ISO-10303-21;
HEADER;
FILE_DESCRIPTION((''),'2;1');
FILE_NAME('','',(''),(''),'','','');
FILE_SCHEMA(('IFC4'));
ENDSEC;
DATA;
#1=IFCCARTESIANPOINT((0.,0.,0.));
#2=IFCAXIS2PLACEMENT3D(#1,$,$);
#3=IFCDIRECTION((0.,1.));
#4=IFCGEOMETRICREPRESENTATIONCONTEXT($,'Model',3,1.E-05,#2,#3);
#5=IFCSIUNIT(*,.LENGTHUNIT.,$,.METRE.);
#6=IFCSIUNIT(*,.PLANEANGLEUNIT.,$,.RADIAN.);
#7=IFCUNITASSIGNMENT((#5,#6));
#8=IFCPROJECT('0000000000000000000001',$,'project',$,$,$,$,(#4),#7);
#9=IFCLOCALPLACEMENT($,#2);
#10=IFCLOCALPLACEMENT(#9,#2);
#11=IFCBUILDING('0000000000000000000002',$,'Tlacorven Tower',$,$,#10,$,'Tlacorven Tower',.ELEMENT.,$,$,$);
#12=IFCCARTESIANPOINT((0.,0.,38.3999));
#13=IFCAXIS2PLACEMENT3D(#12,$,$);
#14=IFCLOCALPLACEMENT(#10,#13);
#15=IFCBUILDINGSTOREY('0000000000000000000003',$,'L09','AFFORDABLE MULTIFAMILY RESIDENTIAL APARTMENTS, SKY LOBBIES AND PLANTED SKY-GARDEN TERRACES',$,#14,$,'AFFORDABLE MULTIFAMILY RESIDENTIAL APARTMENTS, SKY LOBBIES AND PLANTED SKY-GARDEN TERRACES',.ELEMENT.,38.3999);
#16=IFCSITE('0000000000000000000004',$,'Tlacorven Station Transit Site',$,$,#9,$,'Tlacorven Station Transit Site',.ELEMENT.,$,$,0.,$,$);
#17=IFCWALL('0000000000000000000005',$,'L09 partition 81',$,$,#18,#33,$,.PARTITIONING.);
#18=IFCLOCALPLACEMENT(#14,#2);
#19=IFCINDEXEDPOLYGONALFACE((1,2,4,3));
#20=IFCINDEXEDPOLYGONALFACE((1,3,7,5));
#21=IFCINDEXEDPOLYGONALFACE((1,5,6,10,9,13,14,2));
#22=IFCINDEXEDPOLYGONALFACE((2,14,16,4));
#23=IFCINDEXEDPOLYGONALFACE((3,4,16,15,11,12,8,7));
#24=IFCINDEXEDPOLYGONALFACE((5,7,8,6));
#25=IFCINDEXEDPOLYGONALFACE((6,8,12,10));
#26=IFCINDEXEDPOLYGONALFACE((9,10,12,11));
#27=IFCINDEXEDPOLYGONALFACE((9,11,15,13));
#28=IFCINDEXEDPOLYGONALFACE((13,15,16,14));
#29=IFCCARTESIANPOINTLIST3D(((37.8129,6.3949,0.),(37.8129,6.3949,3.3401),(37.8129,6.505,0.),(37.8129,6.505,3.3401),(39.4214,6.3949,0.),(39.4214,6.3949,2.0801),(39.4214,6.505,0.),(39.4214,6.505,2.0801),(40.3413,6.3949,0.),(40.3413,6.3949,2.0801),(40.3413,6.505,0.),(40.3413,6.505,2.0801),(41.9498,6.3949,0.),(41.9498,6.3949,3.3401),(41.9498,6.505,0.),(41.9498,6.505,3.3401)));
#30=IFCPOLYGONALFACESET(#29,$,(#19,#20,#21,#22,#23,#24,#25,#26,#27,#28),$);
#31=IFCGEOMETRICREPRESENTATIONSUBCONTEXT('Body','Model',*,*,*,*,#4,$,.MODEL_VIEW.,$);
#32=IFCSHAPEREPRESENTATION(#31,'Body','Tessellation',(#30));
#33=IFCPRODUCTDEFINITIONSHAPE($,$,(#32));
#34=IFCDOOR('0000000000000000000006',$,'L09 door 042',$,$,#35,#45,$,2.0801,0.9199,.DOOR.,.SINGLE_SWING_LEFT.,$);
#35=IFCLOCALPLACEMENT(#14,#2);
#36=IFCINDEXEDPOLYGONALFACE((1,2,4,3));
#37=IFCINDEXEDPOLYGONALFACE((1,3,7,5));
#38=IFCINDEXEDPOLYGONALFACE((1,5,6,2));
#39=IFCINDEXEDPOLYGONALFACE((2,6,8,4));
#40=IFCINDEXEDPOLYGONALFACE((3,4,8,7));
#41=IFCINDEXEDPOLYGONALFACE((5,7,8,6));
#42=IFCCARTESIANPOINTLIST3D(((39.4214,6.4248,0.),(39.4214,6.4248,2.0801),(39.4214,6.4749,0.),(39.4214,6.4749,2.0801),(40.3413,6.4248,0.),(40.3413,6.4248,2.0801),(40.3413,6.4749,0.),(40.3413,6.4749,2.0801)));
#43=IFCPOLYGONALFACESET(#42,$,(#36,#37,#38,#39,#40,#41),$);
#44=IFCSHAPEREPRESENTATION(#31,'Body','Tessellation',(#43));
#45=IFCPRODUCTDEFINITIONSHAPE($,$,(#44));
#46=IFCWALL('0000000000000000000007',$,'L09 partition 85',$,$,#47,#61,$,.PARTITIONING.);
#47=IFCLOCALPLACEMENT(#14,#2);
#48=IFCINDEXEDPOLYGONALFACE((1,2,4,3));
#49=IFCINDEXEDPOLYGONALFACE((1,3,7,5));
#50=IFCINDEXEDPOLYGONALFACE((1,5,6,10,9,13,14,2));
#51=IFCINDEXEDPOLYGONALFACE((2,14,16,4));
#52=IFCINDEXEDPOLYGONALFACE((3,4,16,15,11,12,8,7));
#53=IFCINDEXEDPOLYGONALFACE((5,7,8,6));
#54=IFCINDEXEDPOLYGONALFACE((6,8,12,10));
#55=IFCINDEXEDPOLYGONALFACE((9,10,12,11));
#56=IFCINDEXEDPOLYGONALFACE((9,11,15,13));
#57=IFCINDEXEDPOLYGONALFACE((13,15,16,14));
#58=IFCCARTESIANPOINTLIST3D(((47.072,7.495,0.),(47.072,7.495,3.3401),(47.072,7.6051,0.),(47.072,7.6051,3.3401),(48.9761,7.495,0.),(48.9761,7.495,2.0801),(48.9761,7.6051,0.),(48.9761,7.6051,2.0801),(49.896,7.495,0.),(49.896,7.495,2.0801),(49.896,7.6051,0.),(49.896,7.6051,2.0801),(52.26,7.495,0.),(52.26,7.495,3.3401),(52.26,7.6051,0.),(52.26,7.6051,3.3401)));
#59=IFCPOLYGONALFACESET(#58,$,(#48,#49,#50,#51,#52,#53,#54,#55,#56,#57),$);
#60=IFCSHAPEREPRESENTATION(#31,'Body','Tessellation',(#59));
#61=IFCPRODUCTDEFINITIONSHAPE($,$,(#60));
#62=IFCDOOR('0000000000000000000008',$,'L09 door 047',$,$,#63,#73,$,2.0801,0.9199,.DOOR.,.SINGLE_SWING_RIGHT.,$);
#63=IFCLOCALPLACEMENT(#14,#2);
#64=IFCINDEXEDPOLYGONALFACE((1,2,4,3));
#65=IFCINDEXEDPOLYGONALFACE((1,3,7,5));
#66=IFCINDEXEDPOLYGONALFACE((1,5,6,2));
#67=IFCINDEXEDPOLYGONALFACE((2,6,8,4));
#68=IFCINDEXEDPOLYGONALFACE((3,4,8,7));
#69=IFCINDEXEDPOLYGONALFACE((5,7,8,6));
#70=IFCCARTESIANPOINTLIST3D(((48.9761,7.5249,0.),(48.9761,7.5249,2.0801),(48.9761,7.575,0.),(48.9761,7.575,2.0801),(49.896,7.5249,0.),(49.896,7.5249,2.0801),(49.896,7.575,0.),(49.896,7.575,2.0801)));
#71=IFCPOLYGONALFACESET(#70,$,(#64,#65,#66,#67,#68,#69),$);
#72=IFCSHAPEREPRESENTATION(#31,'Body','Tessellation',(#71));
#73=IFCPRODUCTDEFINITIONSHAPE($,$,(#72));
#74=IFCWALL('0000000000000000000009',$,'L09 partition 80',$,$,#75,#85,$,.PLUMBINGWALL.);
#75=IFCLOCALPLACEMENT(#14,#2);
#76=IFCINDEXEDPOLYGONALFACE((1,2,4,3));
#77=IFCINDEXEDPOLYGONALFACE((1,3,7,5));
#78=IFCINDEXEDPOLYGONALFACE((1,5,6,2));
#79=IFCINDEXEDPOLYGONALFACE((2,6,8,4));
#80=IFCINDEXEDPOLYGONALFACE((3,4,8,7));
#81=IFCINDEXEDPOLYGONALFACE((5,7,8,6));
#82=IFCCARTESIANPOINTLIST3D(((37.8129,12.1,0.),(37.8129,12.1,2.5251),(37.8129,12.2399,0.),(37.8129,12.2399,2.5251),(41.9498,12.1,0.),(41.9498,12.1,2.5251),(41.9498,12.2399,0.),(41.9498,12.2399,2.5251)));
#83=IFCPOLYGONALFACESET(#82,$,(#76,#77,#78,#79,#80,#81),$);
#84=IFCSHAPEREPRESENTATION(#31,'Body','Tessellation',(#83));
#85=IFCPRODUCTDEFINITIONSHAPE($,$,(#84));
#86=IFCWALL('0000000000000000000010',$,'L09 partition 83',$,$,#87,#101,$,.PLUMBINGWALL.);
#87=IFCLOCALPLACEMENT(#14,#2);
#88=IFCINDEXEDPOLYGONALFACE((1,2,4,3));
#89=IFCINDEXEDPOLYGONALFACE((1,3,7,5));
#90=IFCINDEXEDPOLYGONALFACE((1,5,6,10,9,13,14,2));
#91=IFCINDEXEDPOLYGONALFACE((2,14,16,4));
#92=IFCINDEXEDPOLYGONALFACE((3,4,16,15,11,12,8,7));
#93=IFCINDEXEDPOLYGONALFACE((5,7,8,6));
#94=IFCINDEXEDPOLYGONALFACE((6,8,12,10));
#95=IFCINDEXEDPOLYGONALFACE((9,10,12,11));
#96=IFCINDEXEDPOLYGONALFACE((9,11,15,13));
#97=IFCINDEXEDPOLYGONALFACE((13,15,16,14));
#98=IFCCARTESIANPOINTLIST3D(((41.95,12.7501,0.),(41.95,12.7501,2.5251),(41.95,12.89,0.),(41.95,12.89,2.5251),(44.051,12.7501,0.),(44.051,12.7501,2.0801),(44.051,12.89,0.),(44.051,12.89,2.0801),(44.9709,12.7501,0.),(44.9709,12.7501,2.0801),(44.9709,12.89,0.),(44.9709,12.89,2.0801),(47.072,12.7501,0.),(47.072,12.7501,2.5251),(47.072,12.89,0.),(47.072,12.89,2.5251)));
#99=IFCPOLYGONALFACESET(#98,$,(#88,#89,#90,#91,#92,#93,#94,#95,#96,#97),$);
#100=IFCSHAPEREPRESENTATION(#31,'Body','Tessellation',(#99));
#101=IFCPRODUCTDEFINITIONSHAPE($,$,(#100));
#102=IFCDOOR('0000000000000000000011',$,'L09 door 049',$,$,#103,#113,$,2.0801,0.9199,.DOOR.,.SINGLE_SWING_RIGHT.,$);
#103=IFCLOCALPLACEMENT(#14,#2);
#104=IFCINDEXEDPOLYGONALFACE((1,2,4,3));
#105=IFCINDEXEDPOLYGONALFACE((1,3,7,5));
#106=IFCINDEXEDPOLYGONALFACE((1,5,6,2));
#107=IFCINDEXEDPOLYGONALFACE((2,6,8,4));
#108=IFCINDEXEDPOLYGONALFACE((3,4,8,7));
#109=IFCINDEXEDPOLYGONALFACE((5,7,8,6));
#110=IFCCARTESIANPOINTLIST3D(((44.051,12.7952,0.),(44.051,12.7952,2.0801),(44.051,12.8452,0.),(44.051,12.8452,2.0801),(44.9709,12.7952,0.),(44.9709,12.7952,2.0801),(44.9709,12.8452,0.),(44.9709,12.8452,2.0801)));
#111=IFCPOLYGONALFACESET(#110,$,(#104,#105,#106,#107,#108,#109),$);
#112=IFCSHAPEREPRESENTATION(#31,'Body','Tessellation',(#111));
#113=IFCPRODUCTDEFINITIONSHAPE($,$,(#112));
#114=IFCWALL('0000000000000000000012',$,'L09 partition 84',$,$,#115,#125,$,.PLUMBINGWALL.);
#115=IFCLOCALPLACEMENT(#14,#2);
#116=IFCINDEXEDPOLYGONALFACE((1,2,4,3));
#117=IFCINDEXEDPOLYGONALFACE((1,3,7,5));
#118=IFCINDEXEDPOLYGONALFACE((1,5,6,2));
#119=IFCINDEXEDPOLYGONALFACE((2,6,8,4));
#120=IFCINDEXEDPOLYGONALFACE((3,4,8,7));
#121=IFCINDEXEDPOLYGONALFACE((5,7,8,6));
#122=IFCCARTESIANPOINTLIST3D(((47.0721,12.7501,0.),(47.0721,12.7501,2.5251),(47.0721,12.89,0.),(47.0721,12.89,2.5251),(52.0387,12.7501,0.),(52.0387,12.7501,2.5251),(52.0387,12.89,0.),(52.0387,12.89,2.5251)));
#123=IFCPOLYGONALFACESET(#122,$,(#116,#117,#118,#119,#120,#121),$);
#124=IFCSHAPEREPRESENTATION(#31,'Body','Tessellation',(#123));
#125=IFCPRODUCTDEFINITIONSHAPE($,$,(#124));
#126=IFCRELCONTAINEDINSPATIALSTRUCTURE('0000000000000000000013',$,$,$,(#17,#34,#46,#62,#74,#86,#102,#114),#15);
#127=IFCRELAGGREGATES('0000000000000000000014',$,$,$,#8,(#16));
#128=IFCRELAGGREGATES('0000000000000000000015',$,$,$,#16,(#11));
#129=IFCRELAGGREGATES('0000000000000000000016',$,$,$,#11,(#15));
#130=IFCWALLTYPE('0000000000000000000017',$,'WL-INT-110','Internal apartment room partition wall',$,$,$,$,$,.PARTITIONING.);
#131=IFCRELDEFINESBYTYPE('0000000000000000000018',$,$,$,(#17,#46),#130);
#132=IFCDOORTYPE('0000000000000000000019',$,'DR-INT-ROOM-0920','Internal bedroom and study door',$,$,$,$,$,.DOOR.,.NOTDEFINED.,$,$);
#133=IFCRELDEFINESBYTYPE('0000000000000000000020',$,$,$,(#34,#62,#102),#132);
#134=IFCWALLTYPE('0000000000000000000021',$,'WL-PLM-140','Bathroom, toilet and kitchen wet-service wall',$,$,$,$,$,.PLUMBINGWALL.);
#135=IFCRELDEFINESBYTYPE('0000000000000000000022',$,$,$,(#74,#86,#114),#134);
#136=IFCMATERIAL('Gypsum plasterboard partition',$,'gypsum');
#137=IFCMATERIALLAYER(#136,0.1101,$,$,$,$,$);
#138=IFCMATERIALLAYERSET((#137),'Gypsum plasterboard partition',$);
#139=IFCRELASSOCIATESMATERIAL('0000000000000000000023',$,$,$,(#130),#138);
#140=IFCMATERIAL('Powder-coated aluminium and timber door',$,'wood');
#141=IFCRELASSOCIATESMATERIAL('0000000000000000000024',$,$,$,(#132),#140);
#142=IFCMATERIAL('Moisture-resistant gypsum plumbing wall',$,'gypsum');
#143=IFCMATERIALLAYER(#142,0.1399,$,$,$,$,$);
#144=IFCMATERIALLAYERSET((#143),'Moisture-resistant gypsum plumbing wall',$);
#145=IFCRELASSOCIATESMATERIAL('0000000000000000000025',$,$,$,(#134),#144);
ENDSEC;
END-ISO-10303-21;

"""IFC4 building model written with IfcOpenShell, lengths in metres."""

from ifc_helpers import new_model, si_unit, direction, frame, frame_2d, origin, place, context, subcontext, project, spatial, rectangle, extrude, source, transform, mapped, material, layer, layer_set, type_object, element, fill, save


model = new_model("IFC4")

# Units and contexts
model_context = context("Model", 3, precision=1e-05, world=origin(), true_north=direction((0.0, 1.0)))
body_context = subcontext(model_context, "Body", "Model", "MODEL_VIEW")
ifc_project = project(units=[si_unit("LENGTHUNIT", "METRE"), si_unit("PLANEANGLEUNIT", "RADIAN")], contexts=[model_context])

# Site, building, storey
site_placement = place(None, origin())
site = spatial("IfcSite", under=ifc_project, at=site_placement, Name="Tlacorven Station Transit Site", LongName="Tlacorven Station Transit Site", CompositionType="ELEMENT", RefElevation=0.0)
building_placement = place(site_placement, origin())
building = spatial("IfcBuilding", under=site, at=building_placement, Name="Tlacorven Tower", LongName="Tlacorven Tower", CompositionType="ELEMENT")
storey_placement = place(building_placement, frame((0.0, 0.0, 38.3999)))
storey = spatial("IfcBuildingStorey", under=building, at=storey_placement, Name="L09", Description="AFFORDABLE MULTIFAMILY RESIDENTIAL APARTMENTS, SKY LOBBIES AND PLANTED SKY-GARDEN TERRACES", LongName="AFFORDABLE MULTIFAMILY RESIDENTIAL APARTMENTS, SKY LOBBIES AND PLANTED SKY-GARDEN TERRACES", CompositionType="ELEMENT", Elevation=38.3999)

# Walls, openings, doors
ifc_material_1 = material(Name="Gypsum plasterboard partition", Category="gypsum")
ifc_layer_1 = layer(ifc_material_1, 0.1101)
ifc_layer_set_1 = layer_set([ifc_layer_1], Name="Gypsum plasterboard partition")
wall_type_1 = type_object("IfcWallType", Name="WL-INT-110", Description="Internal apartment room partition wall", PredefinedType="PARTITIONING", material=ifc_layer_set_1)
wall_1_placement = place(storey_placement, frame((37.813, 6.45, 0.0), z_axis=(0.0, 0.0, 1.0), x_axis=(1.0, 0.0, 0.0)))
wall_1 = element("IfcWall", 1, at=wall_1_placement, inside=storey, type_object=wall_type_1, Name="L09 partition 81", PredefinedType="PARTITIONING", context=body_context, shape_type="SweptSolid", body=[
    extrude(rectangle(XDim=4.137, YDim=0.1101, at=frame_2d((2.0684, 0.0))), origin(), (0.0, 0.0, 1.0), 3.3401),
])
opening_1_placement = place(wall_1_placement, frame((1.6084, 0.0, 0.0)))
opening_1 = element("IfcOpeningElement", 2, at=opening_1_placement, cuts=wall_1, PredefinedType="OPENING", context=body_context, shape_type="SweptSolid", body=[
    extrude(rectangle(XDim=0.9199, YDim=2.0801, at=frame_2d((0.46, 1.04))), frame((0.0, 0.0649, 0.0), z_axis=(0.0, -1.0, 0.0), x_axis=(1.0, 0.0, 0.0)), (0.0, 0.0, 1.0), 0.1301),
])
ifc_material_2 = material(Name="Powder-coated aluminium and timber door", Category="wood")
door_type_1 = type_object("IfcDoorType", Name="DR-INT-ROOM-0920", Description="Internal bedroom and study door", OperationType="NOTDEFINED", PredefinedType="DOOR", material=ifc_material_2)
shared_shape_1 = source(origin(), body_context, "Body", "SweptSolid", [
    extrude(rectangle(XDim=0.9199, YDim=2.0801, at=frame_2d((0.46, 1.04))), frame((0.0, 0.0249, 0.0), z_axis=(0.0, -1.0, 0.0), x_axis=(1.0, 0.0, 0.0)), (0.0, 0.0, 1.0), 0.05),
])
door_1_placement = place(opening_1_placement, origin())
door_1 = element("IfcDoor", 3, at=door_1_placement, inside=storey, type_object=door_type_1, Name="L09 door 042", OperationType="SINGLE_SWING_LEFT", OverallHeight=2.0801, OverallWidth=0.9199, PredefinedType="DOOR", context=body_context, shape_type="MappedRepresentation", body=[
    mapped(shared_shape_1, transform((0.0, 0.0, 0.0), scale=1.0)),
])
fill(opening_1, door_1)
wall_2_placement = place(storey_placement, frame((47.072, 7.55, 0.0), z_axis=(0.0, 0.0, 1.0), x_axis=(1.0, 0.0, 0.0)))
wall_2 = element("IfcWall", 4, at=wall_2_placement, inside=storey, type_object=wall_type_1, Name="L09 partition 85", PredefinedType="PARTITIONING", context=body_context, shape_type="SweptSolid", body=[
    extrude(rectangle(XDim=5.188, YDim=0.1101, at=frame_2d((2.594, 0.0))), origin(), (0.0, 0.0, 1.0), 3.3401),
])
opening_2_placement = place(wall_2_placement, frame((1.9041, 0.0, 0.0)))
opening_2 = element("IfcOpeningElement", 5, at=opening_2_placement, cuts=wall_2, PredefinedType="OPENING", context=body_context, shape_type="SweptSolid", body=[
    extrude(rectangle(XDim=0.9199, YDim=2.0801, at=frame_2d((0.46, 1.04))), frame((0.0, 0.0649, 0.0), z_axis=(0.0, -1.0, 0.0), x_axis=(1.0, 0.0, 0.0)), (0.0, 0.0, 1.0), 0.1301),
])
door_2_placement = place(opening_2_placement, origin())
door_2 = element("IfcDoor", 6, at=door_2_placement, inside=storey, type_object=door_type_1, Name="L09 door 047", OperationType="SINGLE_SWING_RIGHT", OverallHeight=2.0801, OverallWidth=0.9199, PredefinedType="DOOR", context=body_context, shape_type="MappedRepresentation", body=[
    mapped(shared_shape_1, transform((0.0, 0.0, 0.0), scale=1.0)),
])
fill(opening_2, door_2)

# Wall
ifc_material_3 = material(Name="Moisture-resistant gypsum plumbing wall", Category="gypsum")
ifc_layer_2 = layer(ifc_material_3, 0.1399)
ifc_layer_set_2 = layer_set([ifc_layer_2], Name="Moisture-resistant gypsum plumbing wall")
wall_type_2 = type_object("IfcWallType", Name="WL-PLM-140", Description="Bathroom, toilet and kitchen wet-service wall", PredefinedType="PLUMBINGWALL", material=ifc_layer_set_2)
wall_3_placement = place(storey_placement, frame((37.813, 12.1699, 0.0), z_axis=(0.0, 0.0, 1.0), x_axis=(1.0, 0.0, 0.0)))
element("IfcWall", 7, at=wall_3_placement, inside=storey, type_object=wall_type_2, Name="L09 partition 80", PredefinedType="PLUMBINGWALL", context=body_context, shape_type="SweptSolid", body=[
    extrude(rectangle(XDim=4.137, YDim=0.1399, at=frame_2d((2.0684, 0.0))), origin(), (0.0, 0.0, 1.0), 2.5251),
])

# Wall, opening, door
wall_4_placement = place(storey_placement, frame((41.95, 12.8201, 0.0), z_axis=(0.0, 0.0, 1.0), x_axis=(1.0, 0.0, 0.0)))
wall_4 = element("IfcWall", 8, at=wall_4_placement, inside=storey, type_object=wall_type_2, Name="L09 partition 83", PredefinedType="PLUMBINGWALL", context=body_context, shape_type="SweptSolid", body=[
    extrude(rectangle(XDim=5.1221, YDim=0.1399, at=frame_2d((2.561, 0.0))), origin(), (0.0, 0.0, 1.0), 2.5251),
])
opening_3_placement = place(wall_4_placement, frame((2.1011, 0.0, 0.0)))
opening_3 = element("IfcOpeningElement", 9, at=opening_3_placement, cuts=wall_4, PredefinedType="OPENING", context=body_context, shape_type="SweptSolid", body=[
    extrude(rectangle(XDim=0.9199, YDim=2.0801, at=frame_2d((0.46, 1.04))), frame((0.0, 0.0801, 0.0), z_axis=(0.0, -1.0, 0.0), x_axis=(1.0, 0.0, 0.0)), (0.0, 0.0, 1.0), 0.1599),
])
door_3_placement = place(opening_3_placement, frame((0.9199, 0.0, 0.0), z_axis=(0.0, 0.0, 1.0), x_axis=(-1.0, 0.0, 0.0)))
door_3 = element("IfcDoor", 10, at=door_3_placement, inside=storey, type_object=door_type_1, Name="L09 door 049", OperationType="SINGLE_SWING_RIGHT", OverallHeight=2.0801, OverallWidth=0.9199, PredefinedType="DOOR", context=body_context, shape_type="MappedRepresentation", body=[
    mapped(shared_shape_1, transform((0.0, 0.0, 0.0), scale=1.0)),
])
fill(opening_3, door_3)

# Wall
wall_5_placement = place(storey_placement, frame((47.072, 12.8201, 0.0), z_axis=(0.0, 0.0, 1.0), x_axis=(1.0, 0.0, 0.0)))
element("IfcWall", 11, at=wall_5_placement, inside=storey, type_object=wall_type_2, Name="L09 partition 84", PredefinedType="PLUMBINGWALL", context=body_context, shape_type="SweptSolid", body=[
    extrude(rectangle(XDim=4.9666, YDim=0.1399, at=frame_2d((2.4834, 0.0))), origin(), (0.0, 0.0, 1.0), 2.5251),
])

save(model, "model.ifc")
